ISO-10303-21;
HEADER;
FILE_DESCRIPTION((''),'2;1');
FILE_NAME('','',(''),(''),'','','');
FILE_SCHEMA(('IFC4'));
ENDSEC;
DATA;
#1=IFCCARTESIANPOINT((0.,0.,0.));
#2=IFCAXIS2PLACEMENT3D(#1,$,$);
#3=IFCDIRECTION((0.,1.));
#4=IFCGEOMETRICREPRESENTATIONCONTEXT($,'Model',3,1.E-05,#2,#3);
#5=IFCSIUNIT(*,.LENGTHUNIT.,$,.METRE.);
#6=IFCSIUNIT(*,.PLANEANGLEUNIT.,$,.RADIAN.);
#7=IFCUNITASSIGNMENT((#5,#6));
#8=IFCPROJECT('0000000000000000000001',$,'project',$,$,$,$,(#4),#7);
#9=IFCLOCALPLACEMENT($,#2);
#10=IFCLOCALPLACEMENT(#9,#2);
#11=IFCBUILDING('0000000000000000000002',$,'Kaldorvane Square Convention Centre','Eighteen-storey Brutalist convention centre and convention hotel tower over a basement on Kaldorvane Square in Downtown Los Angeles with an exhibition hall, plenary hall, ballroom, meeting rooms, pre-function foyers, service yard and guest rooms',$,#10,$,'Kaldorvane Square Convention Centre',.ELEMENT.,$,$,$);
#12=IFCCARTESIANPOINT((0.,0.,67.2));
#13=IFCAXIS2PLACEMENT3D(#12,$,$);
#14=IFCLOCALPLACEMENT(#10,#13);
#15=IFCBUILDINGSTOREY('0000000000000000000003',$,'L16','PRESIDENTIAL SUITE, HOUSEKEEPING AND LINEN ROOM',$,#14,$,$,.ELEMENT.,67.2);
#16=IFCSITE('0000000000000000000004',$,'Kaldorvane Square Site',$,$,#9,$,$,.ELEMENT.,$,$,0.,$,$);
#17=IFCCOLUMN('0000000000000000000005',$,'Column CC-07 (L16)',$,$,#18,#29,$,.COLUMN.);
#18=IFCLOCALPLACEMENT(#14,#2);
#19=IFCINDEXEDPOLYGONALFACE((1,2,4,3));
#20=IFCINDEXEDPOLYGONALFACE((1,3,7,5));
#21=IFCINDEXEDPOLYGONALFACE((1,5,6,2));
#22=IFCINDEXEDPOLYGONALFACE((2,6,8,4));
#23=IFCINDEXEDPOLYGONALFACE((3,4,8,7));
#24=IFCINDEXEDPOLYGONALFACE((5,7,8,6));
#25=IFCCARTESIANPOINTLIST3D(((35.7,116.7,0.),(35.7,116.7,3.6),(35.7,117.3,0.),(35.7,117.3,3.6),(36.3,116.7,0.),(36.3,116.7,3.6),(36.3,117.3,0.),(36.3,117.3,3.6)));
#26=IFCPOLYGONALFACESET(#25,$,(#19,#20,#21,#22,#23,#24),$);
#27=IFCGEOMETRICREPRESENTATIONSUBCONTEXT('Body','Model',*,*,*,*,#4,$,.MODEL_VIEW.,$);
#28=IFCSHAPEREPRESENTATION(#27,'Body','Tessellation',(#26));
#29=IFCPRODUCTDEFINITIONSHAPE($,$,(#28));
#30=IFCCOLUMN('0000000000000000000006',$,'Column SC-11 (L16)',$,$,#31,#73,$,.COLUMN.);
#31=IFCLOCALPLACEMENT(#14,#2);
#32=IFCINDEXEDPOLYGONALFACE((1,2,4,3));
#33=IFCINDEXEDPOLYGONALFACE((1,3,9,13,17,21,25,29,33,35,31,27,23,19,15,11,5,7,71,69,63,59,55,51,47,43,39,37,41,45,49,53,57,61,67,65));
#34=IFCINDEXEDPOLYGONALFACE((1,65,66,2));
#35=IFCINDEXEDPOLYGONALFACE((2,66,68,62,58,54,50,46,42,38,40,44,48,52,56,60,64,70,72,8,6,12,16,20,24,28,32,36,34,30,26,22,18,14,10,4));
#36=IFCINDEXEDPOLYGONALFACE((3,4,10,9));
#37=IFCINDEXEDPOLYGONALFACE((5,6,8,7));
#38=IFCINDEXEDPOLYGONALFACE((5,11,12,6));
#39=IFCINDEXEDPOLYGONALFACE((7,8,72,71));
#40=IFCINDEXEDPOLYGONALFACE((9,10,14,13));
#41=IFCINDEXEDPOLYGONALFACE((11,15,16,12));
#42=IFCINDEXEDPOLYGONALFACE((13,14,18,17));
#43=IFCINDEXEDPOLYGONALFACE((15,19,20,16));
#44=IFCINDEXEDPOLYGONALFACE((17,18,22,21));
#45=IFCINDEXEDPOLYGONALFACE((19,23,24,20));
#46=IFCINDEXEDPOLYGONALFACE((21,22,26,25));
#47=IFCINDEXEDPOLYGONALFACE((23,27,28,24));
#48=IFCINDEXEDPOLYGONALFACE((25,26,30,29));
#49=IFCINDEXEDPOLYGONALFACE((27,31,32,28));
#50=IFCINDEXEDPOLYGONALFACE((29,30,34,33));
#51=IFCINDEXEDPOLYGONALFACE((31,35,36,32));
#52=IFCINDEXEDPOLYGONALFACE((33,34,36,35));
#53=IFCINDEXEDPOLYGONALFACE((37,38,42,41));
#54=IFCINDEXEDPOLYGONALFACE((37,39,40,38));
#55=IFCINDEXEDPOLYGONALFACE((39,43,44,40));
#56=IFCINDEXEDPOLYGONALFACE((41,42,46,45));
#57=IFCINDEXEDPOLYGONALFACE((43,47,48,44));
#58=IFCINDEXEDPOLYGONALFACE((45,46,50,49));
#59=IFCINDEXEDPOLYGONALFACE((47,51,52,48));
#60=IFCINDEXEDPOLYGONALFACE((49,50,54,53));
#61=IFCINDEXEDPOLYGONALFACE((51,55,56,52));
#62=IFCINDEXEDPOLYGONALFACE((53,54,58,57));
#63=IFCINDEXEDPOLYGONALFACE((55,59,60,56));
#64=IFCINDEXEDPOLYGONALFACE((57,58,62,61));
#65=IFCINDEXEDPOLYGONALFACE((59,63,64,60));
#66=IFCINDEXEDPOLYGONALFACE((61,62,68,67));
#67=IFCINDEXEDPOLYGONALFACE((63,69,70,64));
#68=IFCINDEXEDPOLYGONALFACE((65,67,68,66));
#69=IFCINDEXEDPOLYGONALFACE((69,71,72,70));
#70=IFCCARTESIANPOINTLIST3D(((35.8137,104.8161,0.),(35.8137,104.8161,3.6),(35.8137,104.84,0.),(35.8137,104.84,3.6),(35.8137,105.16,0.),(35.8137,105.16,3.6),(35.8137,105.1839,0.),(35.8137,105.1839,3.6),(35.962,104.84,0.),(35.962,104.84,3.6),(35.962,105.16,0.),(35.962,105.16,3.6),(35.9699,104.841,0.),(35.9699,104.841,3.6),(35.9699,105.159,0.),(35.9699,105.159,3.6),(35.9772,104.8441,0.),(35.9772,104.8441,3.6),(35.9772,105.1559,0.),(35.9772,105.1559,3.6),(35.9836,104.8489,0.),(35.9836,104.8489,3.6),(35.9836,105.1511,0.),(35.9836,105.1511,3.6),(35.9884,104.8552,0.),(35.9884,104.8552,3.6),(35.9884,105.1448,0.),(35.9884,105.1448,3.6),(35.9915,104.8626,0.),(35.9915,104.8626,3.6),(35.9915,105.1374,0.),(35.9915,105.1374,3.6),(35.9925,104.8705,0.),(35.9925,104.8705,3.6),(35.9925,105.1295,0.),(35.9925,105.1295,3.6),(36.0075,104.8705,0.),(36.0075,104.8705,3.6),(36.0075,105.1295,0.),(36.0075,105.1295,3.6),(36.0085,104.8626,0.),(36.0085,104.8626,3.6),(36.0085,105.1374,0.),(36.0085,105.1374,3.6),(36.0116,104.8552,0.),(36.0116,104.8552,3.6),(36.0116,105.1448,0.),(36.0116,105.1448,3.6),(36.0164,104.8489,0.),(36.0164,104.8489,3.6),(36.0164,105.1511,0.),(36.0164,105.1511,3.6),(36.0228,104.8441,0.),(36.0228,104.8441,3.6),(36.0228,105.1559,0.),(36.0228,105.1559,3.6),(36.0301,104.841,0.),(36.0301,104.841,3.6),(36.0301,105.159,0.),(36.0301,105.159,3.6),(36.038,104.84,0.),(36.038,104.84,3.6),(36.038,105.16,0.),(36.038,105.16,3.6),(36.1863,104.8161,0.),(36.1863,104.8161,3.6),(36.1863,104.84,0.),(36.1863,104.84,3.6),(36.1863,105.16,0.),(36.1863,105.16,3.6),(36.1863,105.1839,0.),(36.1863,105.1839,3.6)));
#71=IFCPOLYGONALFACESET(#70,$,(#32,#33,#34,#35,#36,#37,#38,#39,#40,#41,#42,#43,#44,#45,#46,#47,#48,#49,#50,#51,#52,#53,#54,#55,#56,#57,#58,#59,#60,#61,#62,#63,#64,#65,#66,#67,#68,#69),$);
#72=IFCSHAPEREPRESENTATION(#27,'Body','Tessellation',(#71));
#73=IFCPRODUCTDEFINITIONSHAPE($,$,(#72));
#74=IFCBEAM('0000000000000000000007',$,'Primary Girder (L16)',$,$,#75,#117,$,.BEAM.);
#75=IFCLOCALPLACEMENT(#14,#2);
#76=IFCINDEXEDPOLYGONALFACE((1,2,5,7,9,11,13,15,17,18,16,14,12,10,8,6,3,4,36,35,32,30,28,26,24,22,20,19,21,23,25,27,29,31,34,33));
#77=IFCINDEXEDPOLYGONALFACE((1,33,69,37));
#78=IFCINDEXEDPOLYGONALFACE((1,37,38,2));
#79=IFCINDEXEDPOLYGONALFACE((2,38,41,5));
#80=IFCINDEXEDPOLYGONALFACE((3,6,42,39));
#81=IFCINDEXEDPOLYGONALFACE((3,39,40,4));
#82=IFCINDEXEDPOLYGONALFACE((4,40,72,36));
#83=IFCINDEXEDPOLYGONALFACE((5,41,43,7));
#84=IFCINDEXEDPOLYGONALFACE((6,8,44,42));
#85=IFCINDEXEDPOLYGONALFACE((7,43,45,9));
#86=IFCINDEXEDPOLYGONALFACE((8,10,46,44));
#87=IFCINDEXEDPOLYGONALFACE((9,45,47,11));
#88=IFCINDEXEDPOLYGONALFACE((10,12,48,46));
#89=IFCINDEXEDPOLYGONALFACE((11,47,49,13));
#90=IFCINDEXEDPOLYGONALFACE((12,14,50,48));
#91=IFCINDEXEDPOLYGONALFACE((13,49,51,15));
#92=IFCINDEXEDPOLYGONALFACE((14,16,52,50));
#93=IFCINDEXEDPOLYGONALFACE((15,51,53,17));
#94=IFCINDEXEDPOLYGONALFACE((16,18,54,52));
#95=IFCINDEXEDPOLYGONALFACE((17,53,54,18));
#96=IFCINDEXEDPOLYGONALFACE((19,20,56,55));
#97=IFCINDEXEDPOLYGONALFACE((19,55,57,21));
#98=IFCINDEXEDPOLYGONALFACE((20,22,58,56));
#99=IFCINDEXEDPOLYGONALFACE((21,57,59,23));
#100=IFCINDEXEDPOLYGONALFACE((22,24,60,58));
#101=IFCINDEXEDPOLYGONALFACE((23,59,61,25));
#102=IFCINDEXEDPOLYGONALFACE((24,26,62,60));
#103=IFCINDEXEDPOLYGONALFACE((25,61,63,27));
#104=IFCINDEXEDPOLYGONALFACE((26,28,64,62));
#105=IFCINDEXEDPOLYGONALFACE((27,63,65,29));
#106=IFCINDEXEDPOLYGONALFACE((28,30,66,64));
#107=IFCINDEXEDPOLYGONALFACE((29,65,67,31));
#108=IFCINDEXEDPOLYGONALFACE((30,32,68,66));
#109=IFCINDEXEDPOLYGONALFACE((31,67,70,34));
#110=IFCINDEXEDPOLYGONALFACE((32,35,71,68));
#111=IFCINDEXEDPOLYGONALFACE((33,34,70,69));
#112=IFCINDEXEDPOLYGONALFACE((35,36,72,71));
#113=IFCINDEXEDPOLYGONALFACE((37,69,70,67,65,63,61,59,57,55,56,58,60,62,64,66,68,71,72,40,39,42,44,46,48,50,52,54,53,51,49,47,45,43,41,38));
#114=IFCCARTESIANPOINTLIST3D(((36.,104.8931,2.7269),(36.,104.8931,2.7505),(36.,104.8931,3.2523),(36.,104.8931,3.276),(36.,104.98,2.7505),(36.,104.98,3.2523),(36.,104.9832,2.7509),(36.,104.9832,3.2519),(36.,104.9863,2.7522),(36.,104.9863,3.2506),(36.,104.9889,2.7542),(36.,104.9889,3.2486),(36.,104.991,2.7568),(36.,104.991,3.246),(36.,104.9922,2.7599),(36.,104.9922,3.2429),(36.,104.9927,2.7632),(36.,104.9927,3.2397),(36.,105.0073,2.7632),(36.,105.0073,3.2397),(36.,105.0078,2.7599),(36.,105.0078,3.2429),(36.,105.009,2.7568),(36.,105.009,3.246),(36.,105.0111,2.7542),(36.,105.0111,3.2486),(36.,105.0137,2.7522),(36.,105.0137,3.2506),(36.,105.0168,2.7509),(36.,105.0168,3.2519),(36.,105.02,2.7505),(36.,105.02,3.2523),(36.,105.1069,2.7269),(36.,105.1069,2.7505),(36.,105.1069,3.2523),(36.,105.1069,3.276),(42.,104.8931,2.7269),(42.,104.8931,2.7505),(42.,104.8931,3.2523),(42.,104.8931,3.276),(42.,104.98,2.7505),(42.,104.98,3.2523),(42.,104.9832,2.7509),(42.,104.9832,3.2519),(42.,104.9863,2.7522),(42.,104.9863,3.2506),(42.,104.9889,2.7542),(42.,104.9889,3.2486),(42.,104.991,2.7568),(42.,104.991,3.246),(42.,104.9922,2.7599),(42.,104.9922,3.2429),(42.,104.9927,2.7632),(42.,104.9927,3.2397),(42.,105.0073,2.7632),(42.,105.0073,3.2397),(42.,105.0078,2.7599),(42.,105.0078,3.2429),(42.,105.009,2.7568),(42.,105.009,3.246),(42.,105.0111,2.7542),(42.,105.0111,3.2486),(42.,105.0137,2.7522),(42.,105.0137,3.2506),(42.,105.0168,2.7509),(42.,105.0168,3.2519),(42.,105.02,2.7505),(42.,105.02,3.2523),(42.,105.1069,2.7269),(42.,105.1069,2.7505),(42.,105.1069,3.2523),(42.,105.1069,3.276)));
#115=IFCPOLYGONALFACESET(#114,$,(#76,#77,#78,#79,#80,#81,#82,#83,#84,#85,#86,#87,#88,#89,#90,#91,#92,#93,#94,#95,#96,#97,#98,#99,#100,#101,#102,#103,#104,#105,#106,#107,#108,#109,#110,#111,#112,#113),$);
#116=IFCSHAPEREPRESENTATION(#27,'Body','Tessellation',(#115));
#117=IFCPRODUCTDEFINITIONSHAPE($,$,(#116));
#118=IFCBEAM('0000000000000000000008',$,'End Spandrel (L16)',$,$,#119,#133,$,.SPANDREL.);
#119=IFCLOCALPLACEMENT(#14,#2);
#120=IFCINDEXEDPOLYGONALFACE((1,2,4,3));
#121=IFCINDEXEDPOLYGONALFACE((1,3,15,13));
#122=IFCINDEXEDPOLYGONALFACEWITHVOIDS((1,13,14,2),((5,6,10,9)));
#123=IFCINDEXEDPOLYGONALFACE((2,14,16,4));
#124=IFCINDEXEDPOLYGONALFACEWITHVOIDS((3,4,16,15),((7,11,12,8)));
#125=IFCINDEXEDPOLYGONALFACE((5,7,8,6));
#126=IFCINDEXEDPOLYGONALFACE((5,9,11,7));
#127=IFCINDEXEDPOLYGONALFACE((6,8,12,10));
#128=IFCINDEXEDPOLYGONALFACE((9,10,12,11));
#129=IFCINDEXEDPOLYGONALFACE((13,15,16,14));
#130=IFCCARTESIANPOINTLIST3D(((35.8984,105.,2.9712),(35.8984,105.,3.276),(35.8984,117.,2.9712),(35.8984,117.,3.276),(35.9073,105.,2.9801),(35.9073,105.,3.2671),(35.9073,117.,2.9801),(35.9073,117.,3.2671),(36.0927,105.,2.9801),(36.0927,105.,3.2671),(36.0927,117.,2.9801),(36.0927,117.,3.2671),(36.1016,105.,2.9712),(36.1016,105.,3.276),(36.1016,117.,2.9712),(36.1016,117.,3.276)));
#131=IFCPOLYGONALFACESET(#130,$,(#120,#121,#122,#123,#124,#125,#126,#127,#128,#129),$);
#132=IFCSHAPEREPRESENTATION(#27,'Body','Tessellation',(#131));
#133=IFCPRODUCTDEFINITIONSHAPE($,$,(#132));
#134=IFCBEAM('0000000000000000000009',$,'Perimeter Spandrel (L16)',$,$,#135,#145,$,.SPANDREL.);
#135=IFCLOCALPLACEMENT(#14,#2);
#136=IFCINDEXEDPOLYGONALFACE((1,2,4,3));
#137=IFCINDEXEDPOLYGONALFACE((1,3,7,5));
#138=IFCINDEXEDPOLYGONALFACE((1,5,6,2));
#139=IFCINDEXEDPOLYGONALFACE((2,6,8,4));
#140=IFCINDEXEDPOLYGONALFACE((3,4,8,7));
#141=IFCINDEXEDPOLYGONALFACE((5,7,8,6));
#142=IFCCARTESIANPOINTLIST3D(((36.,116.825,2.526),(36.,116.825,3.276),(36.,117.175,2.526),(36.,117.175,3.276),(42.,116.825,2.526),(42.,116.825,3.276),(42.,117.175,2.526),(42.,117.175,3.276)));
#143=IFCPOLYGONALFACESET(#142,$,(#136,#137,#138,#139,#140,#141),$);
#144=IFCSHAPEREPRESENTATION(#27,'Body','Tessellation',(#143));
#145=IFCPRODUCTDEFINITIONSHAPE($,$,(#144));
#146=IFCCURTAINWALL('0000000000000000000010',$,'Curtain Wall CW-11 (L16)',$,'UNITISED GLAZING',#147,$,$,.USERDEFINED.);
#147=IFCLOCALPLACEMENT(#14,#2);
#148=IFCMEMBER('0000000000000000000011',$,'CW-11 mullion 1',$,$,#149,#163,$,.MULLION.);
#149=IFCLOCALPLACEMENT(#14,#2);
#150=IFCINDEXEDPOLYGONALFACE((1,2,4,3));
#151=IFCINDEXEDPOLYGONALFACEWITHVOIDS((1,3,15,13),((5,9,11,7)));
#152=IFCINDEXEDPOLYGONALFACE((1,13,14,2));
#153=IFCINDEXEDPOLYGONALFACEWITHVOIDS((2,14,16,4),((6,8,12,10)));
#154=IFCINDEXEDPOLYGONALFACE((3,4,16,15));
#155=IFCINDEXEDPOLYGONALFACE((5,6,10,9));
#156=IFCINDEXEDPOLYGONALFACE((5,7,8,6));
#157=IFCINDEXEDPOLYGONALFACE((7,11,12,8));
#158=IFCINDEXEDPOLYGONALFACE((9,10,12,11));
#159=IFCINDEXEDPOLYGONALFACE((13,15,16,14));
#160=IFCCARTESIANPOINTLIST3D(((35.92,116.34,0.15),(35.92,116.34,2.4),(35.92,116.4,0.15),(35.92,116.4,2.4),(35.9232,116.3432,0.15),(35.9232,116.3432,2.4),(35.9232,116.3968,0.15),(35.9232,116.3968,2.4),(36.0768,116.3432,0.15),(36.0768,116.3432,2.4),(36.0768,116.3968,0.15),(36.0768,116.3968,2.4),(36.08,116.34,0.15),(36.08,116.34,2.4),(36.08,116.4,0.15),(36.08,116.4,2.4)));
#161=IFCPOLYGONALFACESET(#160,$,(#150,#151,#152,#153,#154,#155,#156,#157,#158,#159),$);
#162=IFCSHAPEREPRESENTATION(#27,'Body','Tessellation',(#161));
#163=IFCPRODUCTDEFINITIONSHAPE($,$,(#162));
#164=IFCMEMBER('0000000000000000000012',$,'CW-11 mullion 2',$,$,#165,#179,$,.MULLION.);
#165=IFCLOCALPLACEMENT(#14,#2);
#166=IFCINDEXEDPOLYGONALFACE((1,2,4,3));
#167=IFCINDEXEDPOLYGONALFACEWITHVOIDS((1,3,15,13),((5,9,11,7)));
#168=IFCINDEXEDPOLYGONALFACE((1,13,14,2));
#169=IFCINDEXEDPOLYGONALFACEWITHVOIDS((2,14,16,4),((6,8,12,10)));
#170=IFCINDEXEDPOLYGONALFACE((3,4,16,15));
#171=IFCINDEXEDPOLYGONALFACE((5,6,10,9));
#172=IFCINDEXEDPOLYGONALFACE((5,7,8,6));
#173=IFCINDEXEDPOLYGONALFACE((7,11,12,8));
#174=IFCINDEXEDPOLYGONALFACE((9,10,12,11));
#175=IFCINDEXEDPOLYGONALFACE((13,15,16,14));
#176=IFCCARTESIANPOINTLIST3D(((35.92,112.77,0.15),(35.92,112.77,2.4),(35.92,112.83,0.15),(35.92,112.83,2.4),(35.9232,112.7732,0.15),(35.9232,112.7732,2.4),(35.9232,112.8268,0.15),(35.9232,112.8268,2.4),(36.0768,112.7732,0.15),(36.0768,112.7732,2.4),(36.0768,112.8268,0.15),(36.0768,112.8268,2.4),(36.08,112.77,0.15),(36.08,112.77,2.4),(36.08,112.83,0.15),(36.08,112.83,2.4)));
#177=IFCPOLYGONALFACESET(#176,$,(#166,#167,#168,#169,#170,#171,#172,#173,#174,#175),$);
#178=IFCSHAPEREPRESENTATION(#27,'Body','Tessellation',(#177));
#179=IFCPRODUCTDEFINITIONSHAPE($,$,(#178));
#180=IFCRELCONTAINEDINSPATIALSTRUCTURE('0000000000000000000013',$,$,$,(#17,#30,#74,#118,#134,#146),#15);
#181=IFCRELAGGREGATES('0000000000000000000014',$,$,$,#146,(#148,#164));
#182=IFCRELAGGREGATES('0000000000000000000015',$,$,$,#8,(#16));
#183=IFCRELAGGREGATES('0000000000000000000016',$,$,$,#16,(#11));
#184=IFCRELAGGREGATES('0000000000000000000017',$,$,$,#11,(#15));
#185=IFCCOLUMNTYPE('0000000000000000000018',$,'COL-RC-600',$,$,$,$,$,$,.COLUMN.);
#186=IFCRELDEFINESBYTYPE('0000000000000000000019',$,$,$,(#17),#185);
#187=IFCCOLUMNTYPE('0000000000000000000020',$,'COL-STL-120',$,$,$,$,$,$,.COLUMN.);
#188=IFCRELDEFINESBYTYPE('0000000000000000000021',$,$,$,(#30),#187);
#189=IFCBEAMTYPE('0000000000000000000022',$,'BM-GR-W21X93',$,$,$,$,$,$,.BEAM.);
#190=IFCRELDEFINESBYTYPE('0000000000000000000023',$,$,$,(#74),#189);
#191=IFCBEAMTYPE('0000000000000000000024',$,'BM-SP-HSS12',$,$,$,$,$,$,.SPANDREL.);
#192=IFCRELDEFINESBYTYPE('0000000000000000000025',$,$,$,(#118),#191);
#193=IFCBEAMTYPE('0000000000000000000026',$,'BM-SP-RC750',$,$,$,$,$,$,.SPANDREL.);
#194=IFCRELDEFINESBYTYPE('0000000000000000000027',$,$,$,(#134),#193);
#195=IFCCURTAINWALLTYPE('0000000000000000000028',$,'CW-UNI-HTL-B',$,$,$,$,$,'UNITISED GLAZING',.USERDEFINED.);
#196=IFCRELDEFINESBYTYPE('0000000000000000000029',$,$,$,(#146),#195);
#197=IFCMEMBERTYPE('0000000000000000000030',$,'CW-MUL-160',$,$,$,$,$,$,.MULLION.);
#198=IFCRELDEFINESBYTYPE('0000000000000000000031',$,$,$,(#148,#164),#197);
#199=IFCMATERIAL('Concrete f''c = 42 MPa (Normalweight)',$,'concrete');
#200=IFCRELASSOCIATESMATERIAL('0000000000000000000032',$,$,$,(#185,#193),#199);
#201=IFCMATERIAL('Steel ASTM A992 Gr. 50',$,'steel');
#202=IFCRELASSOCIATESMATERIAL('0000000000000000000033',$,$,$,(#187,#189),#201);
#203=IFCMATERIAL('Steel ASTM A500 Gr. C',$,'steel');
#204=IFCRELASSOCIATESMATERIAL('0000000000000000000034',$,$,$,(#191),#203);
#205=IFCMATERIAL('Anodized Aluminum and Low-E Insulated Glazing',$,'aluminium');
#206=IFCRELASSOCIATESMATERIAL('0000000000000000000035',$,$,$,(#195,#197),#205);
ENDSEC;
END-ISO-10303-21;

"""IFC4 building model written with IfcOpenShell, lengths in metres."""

from ifc_helpers import new_model, si_unit, direction, frame, origin, origin_2d, place, context, subcontext, project, spatial, rectangle, hollow_rectangle, i_section, extrude, material, material_profile, profile_set, type_object, element, aggregate, save


model = new_model("IFC4")

# Units and contexts
model_context = context("Model", 3, precision=1e-05, world=origin(), true_north=direction((0.0, 1.0)))
body_context = subcontext(model_context, "Body", "Model", "MODEL_VIEW")
ifc_project = project(units=[si_unit("LENGTHUNIT", "METRE"), si_unit("PLANEANGLEUNIT", "RADIAN")], contexts=[model_context])

# Site, building, storey
site_placement = place(None, origin())
site = spatial("IfcSite", under=ifc_project, at=site_placement, Name="Kaldorvane Square Site", CompositionType="ELEMENT", RefElevation=0.0)
building_placement = place(site_placement, origin())
building = spatial("IfcBuilding", under=site, at=building_placement, Name="Kaldorvane Square Convention Centre", Description="Eighteen-storey Brutalist convention centre and convention hotel tower over a basement on Kaldorvane Square in Downtown Los Angeles with an exhibition hall, plenary hall, ballroom, meeting rooms, pre-function foyers, service yard and guest rooms", LongName="Kaldorvane Square Convention Centre", CompositionType="ELEMENT")
storey_placement = place(building_placement, frame((0.0, 0.0, 67.2)))
storey = spatial("IfcBuildingStorey", under=building, at=storey_placement, Name="L16", Description="PRESIDENTIAL SUITE, HOUSEKEEPING AND LINEN ROOM", CompositionType="ELEMENT", Elevation=67.2)

# Columns
ifc_material_1 = material(Name="Concrete f'c = 42 MPa (Normalweight)", Category="concrete")
ifc_material_profile_1 = material_profile(ifc_material_1, rectangle(XDim=0.6, YDim=0.6, at=origin_2d()), Name="RC600X600")
ifc_profile_set_1 = profile_set([ifc_material_profile_1], Name="Concrete f'c = 42 MPa (Normalweight)")
column_type_1 = type_object("IfcColumnType", Name="COL-RC-600", PredefinedType="COLUMN", material=ifc_profile_set_1)
column_1_placement = place(storey_placement, frame((36.0, 117.0, 0.0), z_axis=(0.0, 0.0, 1.0), x_axis=(1.0, 0.0, 0.0)))
element("IfcColumn", 1, at=column_1_placement, inside=storey, type_object=column_type_1, Name="Column CC-07 (L16)", PredefinedType="COLUMN", context=body_context, shape_type="SweptSolid", body=[
    extrude(rectangle(XDim=0.6, YDim=0.6, at=origin_2d()), origin(), (0.0, 0.0, 1.0), 3.6),
])
ifc_material_2 = material(Name="Steel ASTM A992 Gr. 50", Category="steel")
ifc_material_profile_2 = material_profile(ifc_material_2, i_section(OverallWidth=0.3726, OverallDepth=0.3678, WebThickness=0.015, FlangeThickness=0.0239, FilletRadius=0.0305, at=origin_2d()), Name="W14X120")
ifc_profile_set_2 = profile_set([ifc_material_profile_2], Name="Steel ASTM A992 Gr. 50")
column_type_2 = type_object("IfcColumnType", Name="COL-STL-120", PredefinedType="COLUMN", material=ifc_profile_set_2)
column_2_placement = place(storey_placement, frame((36.0, 105.0, 0.0), z_axis=(0.0, 0.0, 1.0), x_axis=(1.0, 0.0, 0.0)))
element("IfcColumn", 2, at=column_2_placement, inside=storey, type_object=column_type_2, Name="Column SC-11 (L16)", PredefinedType="COLUMN", context=body_context, shape_type="SweptSolid", body=[
    extrude(i_section(OverallWidth=0.3726, OverallDepth=0.3678, WebThickness=0.015, FlangeThickness=0.0239, FilletRadius=0.0305, at=origin_2d()), origin(), (0.0, 0.0, 1.0), 3.6),
])

# Beams
ifc_material_profile_3 = material_profile(ifc_material_2, i_section(OverallWidth=0.2139, OverallDepth=0.5491, WebThickness=0.0147, FlangeThickness=0.0236, FilletRadius=0.0127, at=origin_2d()), Name="W21X93")
ifc_profile_set_3 = profile_set([ifc_material_profile_3], Name="Steel ASTM A992 Gr. 50")
beam_type_1 = type_object("IfcBeamType", Name="BM-GR-W21X93", PredefinedType="BEAM", material=ifc_profile_set_3)
beam_1_placement = place(storey_placement, frame((36.0, 105.0, 3.0014), z_axis=(1.0, 0.0, 0.0), x_axis=(0.0, 1.0, 0.0)))
element("IfcBeam", 3, at=beam_1_placement, inside=storey, type_object=beam_type_1, Name="Primary Girder (L16)", PredefinedType="BEAM", context=body_context, shape_type="SweptSolid", body=[
    extrude(i_section(OverallWidth=0.2139, OverallDepth=0.5491, WebThickness=0.0147, FlangeThickness=0.0236, FilletRadius=0.0127, at=origin_2d()), origin(), (0.0, 0.0, 1.0), 6.0),
])
ifc_material_3 = material(Name="Steel ASTM A500 Gr. C", Category="steel")
ifc_material_profile_4 = material_profile(ifc_material_3, hollow_rectangle(XDim=0.2032, YDim=0.3048, WallThickness=0.0089, at=origin_2d()), Name="HSS12X8X3/8")
ifc_profile_set_4 = profile_set([ifc_material_profile_4], Name="Steel ASTM A500 Gr. C")
beam_type_2 = type_object("IfcBeamType", Name="BM-SP-HSS12", PredefinedType="SPANDREL", material=ifc_profile_set_4)
beam_2_placement = place(storey_placement, frame((36.0, 105.0, 3.1236), z_axis=(0.0, 1.0, 0.0), x_axis=(-1.0, 0.0, 0.0)))
element("IfcBeam", 4, at=beam_2_placement, inside=storey, type_object=beam_type_2, Name="End Spandrel (L16)", PredefinedType="SPANDREL", context=body_context, shape_type="SweptSolid", body=[
    extrude(hollow_rectangle(XDim=0.2032, YDim=0.3048, WallThickness=0.0089, at=origin_2d()), origin(), (0.0, 0.0, 1.0), 12.0),
])
ifc_material_profile_5 = material_profile(ifc_material_1, rectangle(XDim=0.35, YDim=0.75, at=origin_2d()), Name="RCSP750X350")
ifc_profile_set_5 = profile_set([ifc_material_profile_5], Name="Concrete f'c = 42 MPa (Normalweight)")
beam_type_3 = type_object("IfcBeamType", Name="BM-SP-RC750", PredefinedType="SPANDREL", material=ifc_profile_set_5)
beam_3_placement = place(storey_placement, frame((36.0, 117.0, 2.901), z_axis=(1.0, 0.0, 0.0), x_axis=(0.0, 1.0, 0.0)))
element("IfcBeam", 5, at=beam_3_placement, inside=storey, type_object=beam_type_3, Name="Perimeter Spandrel (L16)", PredefinedType="SPANDREL", context=body_context, shape_type="SweptSolid", body=[
    extrude(rectangle(XDim=0.35, YDim=0.75, at=origin_2d()), origin(), (0.0, 0.0, 1.0), 6.0),
])

# Curtain wall, members
ifc_material_4 = material(Name="Anodized Aluminum and Low-E Insulated Glazing", Category="aluminium")
curtain_wall_type = type_object("IfcCurtainWallType", Name="CW-UNI-HTL-B", ElementType="UNITISED GLAZING", PredefinedType="USERDEFINED", material=ifc_material_4)
curtain_wall_placement = place(storey_placement, origin())
curtain_wall = element("IfcCurtainWall", 6, at=curtain_wall_placement, inside=storey, type_object=curtain_wall_type, Name="Curtain Wall CW-11 (L16)", ObjectType="UNITISED GLAZING", PredefinedType="USERDEFINED")
ifc_material_profile_6 = material_profile(ifc_material_4, hollow_rectangle(XDim=0.06, YDim=0.16, WallThickness=0.0032, at=origin_2d()), Name="CWM-160X60")
ifc_profile_set_6 = profile_set([ifc_material_profile_6], Name="Anodized Aluminum and Low-E Insulated Glazing")
member_type_1 = type_object("IfcMemberType", Name="CW-MUL-160", PredefinedType="MULLION", material=ifc_profile_set_6)
member_1_placement = place(storey_placement, frame((36.0, 116.37, 0.15), z_axis=(0.0, 0.0, 1.0), x_axis=(0.0, -1.0, 0.0)))
member_1 = element("IfcMember", 7, at=member_1_placement, type_object=member_type_1, Name="CW-11 mullion 1", PredefinedType="MULLION", context=body_context, shape_type="SweptSolid", body=[
    extrude(hollow_rectangle(XDim=0.06, YDim=0.16, WallThickness=0.0032, at=origin_2d()), origin(), (0.0, 0.0, 1.0), 2.25),
])
member_2_placement = place(storey_placement, frame((36.0, 112.8, 0.15), z_axis=(0.0, 0.0, 1.0), x_axis=(0.0, -1.0, 0.0)))
member_2 = element("IfcMember", 8, at=member_2_placement, type_object=member_type_1, Name="CW-11 mullion 2", PredefinedType="MULLION", context=body_context, shape_type="SweptSolid", body=[
    extrude(hollow_rectangle(XDim=0.06, YDim=0.16, WallThickness=0.0032, at=origin_2d()), origin(), (0.0, 0.0, 1.0), 2.25),
])
aggregate(curtain_wall, [member_1, member_2])

save(model, "model.ifc")
